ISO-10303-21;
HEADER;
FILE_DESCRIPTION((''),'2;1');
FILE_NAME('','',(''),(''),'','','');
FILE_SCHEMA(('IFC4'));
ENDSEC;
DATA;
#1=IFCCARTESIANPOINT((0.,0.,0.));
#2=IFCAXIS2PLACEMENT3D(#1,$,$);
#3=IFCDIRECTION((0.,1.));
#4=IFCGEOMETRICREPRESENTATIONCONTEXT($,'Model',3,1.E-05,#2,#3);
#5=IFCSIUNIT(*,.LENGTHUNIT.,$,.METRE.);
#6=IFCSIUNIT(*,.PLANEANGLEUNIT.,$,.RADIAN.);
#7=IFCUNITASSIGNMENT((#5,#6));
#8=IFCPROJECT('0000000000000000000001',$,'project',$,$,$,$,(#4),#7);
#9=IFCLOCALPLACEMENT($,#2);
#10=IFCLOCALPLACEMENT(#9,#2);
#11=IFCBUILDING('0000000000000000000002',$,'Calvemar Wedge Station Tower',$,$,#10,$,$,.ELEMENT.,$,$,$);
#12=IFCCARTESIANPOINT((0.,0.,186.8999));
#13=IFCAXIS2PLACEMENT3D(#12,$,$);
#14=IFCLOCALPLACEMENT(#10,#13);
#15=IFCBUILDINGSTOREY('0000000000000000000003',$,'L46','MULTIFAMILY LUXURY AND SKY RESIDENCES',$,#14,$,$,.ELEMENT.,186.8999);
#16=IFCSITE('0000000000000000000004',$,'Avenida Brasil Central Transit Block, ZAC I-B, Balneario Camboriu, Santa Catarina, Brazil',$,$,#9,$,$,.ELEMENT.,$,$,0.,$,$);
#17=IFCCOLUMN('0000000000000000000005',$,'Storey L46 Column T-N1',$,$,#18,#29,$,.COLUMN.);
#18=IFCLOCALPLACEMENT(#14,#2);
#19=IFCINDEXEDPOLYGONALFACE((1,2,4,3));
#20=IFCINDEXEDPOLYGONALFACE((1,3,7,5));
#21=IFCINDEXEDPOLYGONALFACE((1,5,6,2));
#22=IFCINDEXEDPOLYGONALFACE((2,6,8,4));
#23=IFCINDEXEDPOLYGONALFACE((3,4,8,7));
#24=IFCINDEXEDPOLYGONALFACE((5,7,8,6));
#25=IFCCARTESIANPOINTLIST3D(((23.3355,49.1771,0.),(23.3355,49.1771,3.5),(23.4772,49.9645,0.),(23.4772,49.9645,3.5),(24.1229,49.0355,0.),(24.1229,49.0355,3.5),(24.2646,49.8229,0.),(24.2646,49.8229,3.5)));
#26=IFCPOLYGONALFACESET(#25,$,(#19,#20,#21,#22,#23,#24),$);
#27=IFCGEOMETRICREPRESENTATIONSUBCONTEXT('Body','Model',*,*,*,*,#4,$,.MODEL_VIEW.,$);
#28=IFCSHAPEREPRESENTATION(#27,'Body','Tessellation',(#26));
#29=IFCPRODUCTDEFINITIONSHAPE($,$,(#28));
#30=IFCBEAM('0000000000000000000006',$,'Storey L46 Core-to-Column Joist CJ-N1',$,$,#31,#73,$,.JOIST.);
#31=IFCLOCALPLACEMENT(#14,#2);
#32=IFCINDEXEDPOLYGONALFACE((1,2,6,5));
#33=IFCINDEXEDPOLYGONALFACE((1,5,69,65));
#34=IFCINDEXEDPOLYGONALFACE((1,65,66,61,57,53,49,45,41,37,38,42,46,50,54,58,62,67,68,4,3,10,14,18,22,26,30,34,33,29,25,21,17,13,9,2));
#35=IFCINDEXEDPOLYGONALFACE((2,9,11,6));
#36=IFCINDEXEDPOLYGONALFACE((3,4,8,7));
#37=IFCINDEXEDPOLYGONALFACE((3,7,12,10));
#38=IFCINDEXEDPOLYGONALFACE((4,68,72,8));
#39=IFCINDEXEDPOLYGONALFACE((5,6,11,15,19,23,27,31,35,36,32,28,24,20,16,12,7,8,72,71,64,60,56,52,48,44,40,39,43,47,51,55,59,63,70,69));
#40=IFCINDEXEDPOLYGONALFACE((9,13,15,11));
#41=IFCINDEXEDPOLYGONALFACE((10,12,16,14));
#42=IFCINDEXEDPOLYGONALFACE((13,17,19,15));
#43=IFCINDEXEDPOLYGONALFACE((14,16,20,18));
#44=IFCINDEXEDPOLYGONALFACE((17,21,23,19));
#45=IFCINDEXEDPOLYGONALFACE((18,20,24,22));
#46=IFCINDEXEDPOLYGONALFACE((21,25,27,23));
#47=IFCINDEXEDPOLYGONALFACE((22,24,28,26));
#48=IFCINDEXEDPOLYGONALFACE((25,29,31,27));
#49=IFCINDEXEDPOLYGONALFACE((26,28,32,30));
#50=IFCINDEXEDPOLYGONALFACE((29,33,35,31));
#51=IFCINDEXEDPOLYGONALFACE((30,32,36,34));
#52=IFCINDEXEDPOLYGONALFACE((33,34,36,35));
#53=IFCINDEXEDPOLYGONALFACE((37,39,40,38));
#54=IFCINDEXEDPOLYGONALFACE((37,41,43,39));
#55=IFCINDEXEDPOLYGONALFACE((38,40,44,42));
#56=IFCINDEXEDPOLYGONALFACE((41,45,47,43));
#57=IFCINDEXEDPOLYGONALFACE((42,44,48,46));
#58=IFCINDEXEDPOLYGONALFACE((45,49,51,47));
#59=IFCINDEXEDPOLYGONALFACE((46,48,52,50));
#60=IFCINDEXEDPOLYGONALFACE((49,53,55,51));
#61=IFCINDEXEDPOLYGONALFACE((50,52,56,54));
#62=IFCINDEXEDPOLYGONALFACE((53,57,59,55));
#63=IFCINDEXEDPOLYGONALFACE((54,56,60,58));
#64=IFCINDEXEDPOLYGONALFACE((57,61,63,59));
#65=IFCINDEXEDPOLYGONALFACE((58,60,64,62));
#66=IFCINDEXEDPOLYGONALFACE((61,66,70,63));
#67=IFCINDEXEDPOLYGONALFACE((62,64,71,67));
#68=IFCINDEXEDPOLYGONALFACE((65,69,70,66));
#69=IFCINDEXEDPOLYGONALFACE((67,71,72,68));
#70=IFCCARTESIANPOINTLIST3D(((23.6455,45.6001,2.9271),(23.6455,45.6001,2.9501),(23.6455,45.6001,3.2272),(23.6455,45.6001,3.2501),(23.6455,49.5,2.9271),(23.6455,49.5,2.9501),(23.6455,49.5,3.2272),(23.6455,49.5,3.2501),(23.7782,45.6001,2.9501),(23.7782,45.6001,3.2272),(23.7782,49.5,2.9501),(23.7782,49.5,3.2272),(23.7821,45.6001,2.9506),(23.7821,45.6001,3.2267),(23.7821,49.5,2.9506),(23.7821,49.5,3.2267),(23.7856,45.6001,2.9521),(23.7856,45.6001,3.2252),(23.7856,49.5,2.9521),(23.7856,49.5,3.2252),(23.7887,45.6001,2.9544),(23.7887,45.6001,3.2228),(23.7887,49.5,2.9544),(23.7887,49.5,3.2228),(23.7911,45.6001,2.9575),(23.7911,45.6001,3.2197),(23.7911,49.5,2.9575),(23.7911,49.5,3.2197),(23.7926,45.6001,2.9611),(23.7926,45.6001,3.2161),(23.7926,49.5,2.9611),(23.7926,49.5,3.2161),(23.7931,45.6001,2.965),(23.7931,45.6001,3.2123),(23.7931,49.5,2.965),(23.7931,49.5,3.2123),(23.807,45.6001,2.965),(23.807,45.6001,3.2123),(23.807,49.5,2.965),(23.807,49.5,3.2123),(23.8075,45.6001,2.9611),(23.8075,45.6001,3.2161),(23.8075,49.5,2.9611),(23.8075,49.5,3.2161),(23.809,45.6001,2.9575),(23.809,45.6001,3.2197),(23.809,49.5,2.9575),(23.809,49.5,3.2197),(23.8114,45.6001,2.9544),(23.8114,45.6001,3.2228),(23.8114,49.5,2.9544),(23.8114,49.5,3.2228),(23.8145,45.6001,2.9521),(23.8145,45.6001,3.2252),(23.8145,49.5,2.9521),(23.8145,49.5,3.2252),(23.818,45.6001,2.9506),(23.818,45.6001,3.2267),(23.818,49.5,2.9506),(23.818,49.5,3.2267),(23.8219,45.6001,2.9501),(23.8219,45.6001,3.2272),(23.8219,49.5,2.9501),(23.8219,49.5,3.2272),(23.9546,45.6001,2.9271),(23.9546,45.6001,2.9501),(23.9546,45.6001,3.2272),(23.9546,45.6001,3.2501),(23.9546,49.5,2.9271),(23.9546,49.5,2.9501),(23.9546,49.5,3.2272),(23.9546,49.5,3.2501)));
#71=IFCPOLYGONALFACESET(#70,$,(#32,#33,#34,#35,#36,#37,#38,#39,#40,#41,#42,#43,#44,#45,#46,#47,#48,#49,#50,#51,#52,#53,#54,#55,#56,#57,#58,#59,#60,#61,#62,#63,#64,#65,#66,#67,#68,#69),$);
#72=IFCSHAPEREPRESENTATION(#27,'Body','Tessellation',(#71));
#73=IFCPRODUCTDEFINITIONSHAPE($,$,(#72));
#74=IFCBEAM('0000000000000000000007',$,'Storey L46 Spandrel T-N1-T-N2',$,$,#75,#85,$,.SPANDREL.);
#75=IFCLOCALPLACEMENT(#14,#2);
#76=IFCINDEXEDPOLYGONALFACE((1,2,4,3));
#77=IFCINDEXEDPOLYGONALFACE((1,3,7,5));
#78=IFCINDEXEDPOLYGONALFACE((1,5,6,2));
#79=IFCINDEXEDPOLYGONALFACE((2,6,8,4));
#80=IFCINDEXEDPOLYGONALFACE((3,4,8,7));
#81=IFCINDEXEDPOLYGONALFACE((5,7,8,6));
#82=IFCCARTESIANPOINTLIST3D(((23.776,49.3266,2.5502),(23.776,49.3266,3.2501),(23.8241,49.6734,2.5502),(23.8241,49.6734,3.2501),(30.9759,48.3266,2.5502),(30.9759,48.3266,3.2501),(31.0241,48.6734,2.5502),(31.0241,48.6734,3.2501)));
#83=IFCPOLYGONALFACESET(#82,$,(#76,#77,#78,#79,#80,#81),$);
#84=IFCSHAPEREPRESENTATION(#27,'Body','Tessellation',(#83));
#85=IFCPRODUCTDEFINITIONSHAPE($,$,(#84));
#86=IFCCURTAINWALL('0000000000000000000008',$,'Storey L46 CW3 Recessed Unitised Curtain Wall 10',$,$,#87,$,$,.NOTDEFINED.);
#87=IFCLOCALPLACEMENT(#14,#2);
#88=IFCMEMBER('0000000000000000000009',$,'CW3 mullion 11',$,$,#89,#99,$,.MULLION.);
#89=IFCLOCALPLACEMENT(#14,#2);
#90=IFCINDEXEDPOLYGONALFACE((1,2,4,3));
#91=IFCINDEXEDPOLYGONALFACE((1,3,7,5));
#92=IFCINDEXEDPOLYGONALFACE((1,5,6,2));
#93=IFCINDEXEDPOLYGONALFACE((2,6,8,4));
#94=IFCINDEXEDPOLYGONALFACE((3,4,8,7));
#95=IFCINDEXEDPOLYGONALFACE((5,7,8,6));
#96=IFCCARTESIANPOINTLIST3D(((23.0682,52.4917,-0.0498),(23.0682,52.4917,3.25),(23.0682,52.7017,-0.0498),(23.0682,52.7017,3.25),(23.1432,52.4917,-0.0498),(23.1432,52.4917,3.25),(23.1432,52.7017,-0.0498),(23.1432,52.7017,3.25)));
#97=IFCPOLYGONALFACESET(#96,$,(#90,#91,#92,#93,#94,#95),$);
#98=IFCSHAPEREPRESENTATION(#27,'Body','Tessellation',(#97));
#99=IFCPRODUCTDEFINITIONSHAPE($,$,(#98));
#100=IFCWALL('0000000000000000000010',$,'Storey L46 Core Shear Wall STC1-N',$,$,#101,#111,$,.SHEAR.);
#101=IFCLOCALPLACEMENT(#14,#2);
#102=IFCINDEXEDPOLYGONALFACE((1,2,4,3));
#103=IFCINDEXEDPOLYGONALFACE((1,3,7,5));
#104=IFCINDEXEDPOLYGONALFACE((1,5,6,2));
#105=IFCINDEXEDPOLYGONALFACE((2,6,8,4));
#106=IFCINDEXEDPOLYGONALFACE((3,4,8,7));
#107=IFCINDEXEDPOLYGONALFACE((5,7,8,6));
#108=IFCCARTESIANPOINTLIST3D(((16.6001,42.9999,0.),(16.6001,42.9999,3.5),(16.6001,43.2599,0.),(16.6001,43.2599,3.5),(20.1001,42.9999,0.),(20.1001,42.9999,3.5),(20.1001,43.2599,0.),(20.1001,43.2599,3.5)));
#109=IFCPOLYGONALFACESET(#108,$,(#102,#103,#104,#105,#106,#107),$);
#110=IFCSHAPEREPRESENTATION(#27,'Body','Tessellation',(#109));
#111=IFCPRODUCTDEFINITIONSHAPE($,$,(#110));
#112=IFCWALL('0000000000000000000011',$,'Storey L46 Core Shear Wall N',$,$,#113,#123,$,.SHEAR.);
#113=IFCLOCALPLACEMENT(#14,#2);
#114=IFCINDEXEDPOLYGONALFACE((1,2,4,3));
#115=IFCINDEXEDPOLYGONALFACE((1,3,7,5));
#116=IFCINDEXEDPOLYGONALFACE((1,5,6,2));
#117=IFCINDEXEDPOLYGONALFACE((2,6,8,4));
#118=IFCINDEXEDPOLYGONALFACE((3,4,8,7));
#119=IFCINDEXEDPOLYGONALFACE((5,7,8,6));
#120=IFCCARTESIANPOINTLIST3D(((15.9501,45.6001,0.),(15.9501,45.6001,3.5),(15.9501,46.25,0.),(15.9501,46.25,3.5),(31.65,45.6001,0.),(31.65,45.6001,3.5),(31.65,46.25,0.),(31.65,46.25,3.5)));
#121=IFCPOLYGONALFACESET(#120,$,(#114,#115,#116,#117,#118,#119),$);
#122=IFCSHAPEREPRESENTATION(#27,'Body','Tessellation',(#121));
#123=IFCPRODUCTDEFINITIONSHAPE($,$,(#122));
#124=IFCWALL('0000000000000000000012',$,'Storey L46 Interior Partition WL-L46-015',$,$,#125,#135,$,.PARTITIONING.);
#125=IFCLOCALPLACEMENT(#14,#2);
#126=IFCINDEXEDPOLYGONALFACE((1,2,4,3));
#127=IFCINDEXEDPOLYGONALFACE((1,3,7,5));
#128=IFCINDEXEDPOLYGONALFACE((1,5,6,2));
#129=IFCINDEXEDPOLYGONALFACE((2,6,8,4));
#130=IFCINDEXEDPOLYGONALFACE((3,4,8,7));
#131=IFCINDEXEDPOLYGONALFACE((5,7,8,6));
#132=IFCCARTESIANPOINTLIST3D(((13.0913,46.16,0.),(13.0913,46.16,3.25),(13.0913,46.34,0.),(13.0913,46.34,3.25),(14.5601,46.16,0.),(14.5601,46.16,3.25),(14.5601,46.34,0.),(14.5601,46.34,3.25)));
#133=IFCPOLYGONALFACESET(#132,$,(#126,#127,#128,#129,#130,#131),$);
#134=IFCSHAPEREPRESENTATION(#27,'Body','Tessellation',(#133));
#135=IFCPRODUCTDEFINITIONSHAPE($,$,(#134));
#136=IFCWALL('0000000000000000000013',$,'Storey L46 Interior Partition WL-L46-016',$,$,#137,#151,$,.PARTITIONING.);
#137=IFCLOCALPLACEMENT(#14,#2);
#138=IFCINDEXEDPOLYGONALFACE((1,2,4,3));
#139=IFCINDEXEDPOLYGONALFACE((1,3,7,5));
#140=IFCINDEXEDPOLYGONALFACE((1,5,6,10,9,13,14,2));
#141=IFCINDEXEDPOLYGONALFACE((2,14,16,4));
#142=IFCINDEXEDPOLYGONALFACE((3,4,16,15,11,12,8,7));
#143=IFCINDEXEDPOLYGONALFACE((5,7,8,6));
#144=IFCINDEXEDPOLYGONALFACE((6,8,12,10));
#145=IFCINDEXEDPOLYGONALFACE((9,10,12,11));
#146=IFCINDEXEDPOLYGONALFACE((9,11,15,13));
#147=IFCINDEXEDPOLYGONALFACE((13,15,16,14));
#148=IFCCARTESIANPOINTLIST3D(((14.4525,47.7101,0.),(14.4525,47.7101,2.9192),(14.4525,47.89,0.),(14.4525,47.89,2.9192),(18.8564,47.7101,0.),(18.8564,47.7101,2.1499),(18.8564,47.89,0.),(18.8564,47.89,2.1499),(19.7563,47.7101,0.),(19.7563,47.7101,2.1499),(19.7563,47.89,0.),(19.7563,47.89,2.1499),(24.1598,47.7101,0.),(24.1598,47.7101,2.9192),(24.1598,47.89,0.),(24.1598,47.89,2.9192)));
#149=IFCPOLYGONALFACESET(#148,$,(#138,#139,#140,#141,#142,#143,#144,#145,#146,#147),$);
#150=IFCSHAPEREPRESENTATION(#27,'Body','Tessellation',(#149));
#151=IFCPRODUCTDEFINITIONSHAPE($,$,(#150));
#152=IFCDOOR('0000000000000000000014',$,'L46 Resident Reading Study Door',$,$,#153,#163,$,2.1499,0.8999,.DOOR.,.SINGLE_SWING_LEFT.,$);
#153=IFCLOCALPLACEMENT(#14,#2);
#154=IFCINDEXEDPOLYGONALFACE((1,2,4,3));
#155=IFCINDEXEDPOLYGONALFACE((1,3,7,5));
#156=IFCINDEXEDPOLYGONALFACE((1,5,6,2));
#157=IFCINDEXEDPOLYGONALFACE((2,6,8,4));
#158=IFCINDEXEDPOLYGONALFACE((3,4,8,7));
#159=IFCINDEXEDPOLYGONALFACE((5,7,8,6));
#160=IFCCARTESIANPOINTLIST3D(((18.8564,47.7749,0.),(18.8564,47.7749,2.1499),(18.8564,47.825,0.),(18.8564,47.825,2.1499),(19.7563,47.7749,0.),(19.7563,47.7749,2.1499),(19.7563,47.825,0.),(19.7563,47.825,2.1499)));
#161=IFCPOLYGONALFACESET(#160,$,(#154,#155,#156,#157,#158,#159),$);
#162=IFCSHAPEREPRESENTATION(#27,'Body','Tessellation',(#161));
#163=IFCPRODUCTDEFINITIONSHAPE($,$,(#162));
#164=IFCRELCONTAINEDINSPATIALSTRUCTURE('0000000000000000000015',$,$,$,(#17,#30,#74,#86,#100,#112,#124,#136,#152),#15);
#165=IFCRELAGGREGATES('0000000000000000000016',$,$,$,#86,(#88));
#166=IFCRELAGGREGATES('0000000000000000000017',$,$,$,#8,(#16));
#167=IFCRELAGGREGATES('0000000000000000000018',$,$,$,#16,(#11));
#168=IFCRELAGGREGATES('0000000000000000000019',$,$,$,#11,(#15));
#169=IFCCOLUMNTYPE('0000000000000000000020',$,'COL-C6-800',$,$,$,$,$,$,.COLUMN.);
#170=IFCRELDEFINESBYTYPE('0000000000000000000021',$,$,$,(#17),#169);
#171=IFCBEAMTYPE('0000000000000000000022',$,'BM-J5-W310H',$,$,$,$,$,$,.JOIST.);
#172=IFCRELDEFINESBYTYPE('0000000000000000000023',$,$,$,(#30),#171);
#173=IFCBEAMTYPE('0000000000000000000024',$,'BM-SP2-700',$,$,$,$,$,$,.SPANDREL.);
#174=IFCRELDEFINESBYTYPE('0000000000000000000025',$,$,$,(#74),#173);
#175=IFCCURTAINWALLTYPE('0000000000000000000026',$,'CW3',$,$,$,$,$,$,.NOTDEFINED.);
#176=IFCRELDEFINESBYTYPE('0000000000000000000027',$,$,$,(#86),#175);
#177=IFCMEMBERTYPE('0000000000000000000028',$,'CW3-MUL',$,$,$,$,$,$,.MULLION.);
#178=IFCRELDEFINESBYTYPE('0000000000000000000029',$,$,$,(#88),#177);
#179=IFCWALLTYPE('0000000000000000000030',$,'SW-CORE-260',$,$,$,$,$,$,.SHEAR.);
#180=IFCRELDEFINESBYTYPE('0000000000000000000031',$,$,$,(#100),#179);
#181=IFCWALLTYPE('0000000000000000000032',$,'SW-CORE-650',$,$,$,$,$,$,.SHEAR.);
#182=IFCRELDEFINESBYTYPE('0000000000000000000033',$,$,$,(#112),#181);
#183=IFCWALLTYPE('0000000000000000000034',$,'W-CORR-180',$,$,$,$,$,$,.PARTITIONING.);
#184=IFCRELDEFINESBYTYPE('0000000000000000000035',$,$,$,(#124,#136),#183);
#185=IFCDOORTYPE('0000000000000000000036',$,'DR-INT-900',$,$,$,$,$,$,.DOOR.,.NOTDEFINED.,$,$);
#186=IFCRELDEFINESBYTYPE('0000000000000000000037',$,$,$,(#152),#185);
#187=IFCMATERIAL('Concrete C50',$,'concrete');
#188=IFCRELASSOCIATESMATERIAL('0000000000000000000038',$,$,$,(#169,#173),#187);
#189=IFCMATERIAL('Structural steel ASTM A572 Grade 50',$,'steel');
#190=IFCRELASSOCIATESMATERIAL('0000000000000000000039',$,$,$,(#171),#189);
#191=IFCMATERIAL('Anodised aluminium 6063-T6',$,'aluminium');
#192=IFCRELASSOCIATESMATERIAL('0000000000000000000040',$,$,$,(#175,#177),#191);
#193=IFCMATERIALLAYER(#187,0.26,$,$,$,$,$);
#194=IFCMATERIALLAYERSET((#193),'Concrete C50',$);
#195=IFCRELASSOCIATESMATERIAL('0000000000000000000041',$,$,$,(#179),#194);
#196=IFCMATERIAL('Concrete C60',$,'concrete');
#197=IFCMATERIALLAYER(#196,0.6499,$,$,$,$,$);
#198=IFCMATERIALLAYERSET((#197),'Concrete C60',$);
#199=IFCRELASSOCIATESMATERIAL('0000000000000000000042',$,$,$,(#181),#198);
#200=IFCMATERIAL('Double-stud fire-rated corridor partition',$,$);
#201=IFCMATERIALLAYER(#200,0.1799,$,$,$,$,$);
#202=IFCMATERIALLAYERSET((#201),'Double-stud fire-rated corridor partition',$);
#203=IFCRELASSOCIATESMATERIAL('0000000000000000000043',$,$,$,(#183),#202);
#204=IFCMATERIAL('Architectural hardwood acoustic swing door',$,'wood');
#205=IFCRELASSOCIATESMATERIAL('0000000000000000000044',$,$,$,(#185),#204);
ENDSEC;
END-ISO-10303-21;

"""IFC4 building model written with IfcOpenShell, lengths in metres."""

from ifc_helpers import new_model, si_unit, direction, frame, frame_2d, origin, origin_2d, place, context, subcontext, project, spatial, rectangle, i_section, extrude, source, transform, mapped, material, layer, layer_set, material_profile, profile_set, type_object, element, fill, aggregate, save


model = new_model("IFC4")

# Units and contexts
model_context = context("Model", 3, precision=1e-05, world=origin(), true_north=direction((0.0, 1.0)))
body_context = subcontext(model_context, "Body", "Model", "MODEL_VIEW")
ifc_project = project(units=[si_unit("LENGTHUNIT", "METRE"), si_unit("PLANEANGLEUNIT", "RADIAN")], contexts=[model_context])

# Site, building, storey
site_placement = place(None, origin())
site = spatial("IfcSite", under=ifc_project, at=site_placement, Name="Avenida Brasil Central Transit Block, ZAC I-B, Balneario Camboriu, Santa Catarina, Brazil", CompositionType="ELEMENT", RefElevation=0.0)
building_placement = place(site_placement, origin())
building = spatial("IfcBuilding", under=site, at=building_placement, Name="Calvemar Wedge Station Tower", CompositionType="ELEMENT")
storey_placement = place(building_placement, frame((0.0, 0.0, 186.8999)))
storey = spatial("IfcBuildingStorey", under=building, at=storey_placement, Name="L46", Description="MULTIFAMILY LUXURY AND SKY RESIDENCES", CompositionType="ELEMENT", Elevation=186.8999)

# Column
ifc_material_1 = material(Name="Concrete C50", Category="concrete")
ifc_material_profile_1 = material_profile(ifc_material_1, rectangle(XDim=0.8, YDim=0.8, at=origin_2d()), Name="RC800x800")
ifc_profile_set_1 = profile_set([ifc_material_profile_1], Name="Concrete C50")
column_type = type_object("IfcColumnType", Name="COL-C6-800", PredefinedType="COLUMN", material=ifc_profile_set_1)
shared_shape_1 = source(origin(), body_context, "Body", "SweptSolid", [
    extrude(rectangle(XDim=0.8, YDim=0.8, at=origin_2d()), origin(), (0.0, 0.0, 1.0), 3.5),
])
column_placement = place(storey_placement, frame((23.8, 49.5, 0.0), z_axis=(0.0, 0.0, 1.0), x_axis=(0.984196, -0.177085, 0.0)))
element("IfcColumn", 1, at=column_placement, inside=storey, type_object=column_type, Name="Storey L46 Column T-N1", PredefinedType="COLUMN", context=body_context, shape_type="MappedRepresentation", body=[
    mapped(shared_shape_1, transform((0.0, 0.0, 0.0), scale=1.0)),
])

# Beams
ifc_material_2 = material(Name="Structural steel ASTM A572 Grade 50", Category="steel")
ifc_material_profile_2 = material_profile(ifc_material_2, i_section(OverallWidth=0.3091, OverallDepth=0.323, WebThickness=0.0139, FlangeThickness=0.0229, FilletRadius=0.0149, at=origin_2d()), Name="W310x143")
ifc_profile_set_2 = profile_set([ifc_material_profile_2], Name="Structural steel ASTM A572 Grade 50")
beam_type_1 = type_object("IfcBeamType", Name="BM-J5-W310H", PredefinedType="JOIST", material=ifc_profile_set_2)
shared_shape_2 = source(origin(), body_context, "Body", "SweptSolid", [
    extrude(i_section(OverallWidth=0.3091, OverallDepth=0.323, WebThickness=0.0139, FlangeThickness=0.0229, FilletRadius=0.0149, at=origin_2d()), origin(), (0.0, 0.0, 1.0), 3.8999),
])
beam_1_placement = place(storey_placement, frame((23.8, 45.6001, 3.0886), z_axis=(0.0, 1.0, 0.0), x_axis=(-1.0, 0.0, 0.0)))
element("IfcBeam", 2, at=beam_1_placement, inside=storey, type_object=beam_type_1, Name="Storey L46 Core-to-Column Joist CJ-N1", PredefinedType="JOIST", context=body_context, shape_type="MappedRepresentation", body=[
    mapped(shared_shape_2, transform((0.0, 0.0, 0.0), scale=1.0)),
])
ifc_material_profile_3 = material_profile(ifc_material_1, rectangle(XDim=0.3501, YDim=0.7, at=origin_2d()), Name="RC350x700")
ifc_profile_set_3 = profile_set([ifc_material_profile_3], Name="Concrete C50")
beam_type_2 = type_object("IfcBeamType", Name="BM-SP2-700", PredefinedType="SPANDREL", material=ifc_profile_set_3)
shared_shape_3 = source(origin(), body_context, "Body", "SweptSolid", [
    extrude(rectangle(XDim=0.3501, YDim=0.7, at=origin_2d()), origin(), (0.0, 0.0, 1.0), 7.269),
])
beam_2_placement = place(storey_placement, frame((23.8, 49.5, 2.9001), z_axis=(0.990492, -0.137569, 0.0), x_axis=(0.137569, 0.990492, 0.0)))
element("IfcBeam", 3, at=beam_2_placement, inside=storey, type_object=beam_type_2, Name="Storey L46 Spandrel T-N1-T-N2", PredefinedType="SPANDREL", context=body_context, shape_type="MappedRepresentation", body=[
    mapped(shared_shape_3, transform((0.0, 0.0, 0.0), scale=1.0)),
])

# Curtain wall, member
ifc_material_3 = material(Name="Anodised aluminium 6063-T6", Category="aluminium")
curtain_wall_type = type_object("IfcCurtainWallType", Name="CW3", PredefinedType="NOTDEFINED", material=ifc_material_3)
curtain_wall_placement = place(storey_placement, origin())
curtain_wall = element("IfcCurtainWall", 4, at=curtain_wall_placement, inside=storey, type_object=curtain_wall_type, Name="Storey L46 CW3 Recessed Unitised Curtain Wall 10", PredefinedType="NOTDEFINED")
ifc_material_profile_4 = material_profile(ifc_material_3, rectangle(XDim=0.075, YDim=0.21, at=origin_2d()), Name="AL-MUL-75x210")
ifc_profile_set_4 = profile_set([ifc_material_profile_4], Name="Anodised aluminium 6063-T6")
member_type = type_object("IfcMemberType", Name="CW3-MUL", PredefinedType="MULLION", material=ifc_profile_set_4)
shared_shape_4 = source(origin(), body_context, "Body", "SweptSolid", [
    extrude(rectangle(XDim=0.075, YDim=0.21, at=origin_2d()), origin(), (0.0, 0.0, 1.0), 3.2998),
])
member_placement = place(storey_placement, frame((23.1057, 52.5967, -0.0498), z_axis=(0.0, 0.0, 1.0), x_axis=(1.0, 0.0, 0.0)))
member = element("IfcMember", 5, at=member_placement, type_object=member_type, Name="CW3 mullion 11", PredefinedType="MULLION", context=body_context, shape_type="MappedRepresentation", body=[
    mapped(shared_shape_4, transform((0.0, 0.0, 0.0), scale=1.0)),
])
aggregate(curtain_wall, [member])

# Walls
ifc_layer_1 = layer(ifc_material_1, 0.26)
ifc_layer_set_1 = layer_set([ifc_layer_1], Name="Concrete C50")
wall_type_1 = type_object("IfcWallType", Name="SW-CORE-260", PredefinedType="SHEAR", material=ifc_layer_set_1)
wall_1_placement = place(storey_placement, frame((16.6001, 43.1299, 0.0), z_axis=(0.0, 0.0, 1.0), x_axis=(1.0, 0.0, 0.0)))
element("IfcWall", 6, at=wall_1_placement, inside=storey, type_object=wall_type_1, Name="Storey L46 Core Shear Wall STC1-N", PredefinedType="SHEAR", context=body_context, shape_type="SweptSolid", body=[
    extrude(rectangle(XDim=3.5, YDim=0.26, at=frame_2d((1.75, 0.0))), origin(), (0.0, 0.0, 1.0), 3.5),
])
ifc_material_4 = material(Name="Concrete C60", Category="concrete")
ifc_layer_2 = layer(ifc_material_4, 0.6499)
ifc_layer_set_2 = layer_set([ifc_layer_2], Name="Concrete C60")
wall_type_2 = type_object("IfcWallType", Name="SW-CORE-650", PredefinedType="SHEAR", material=ifc_layer_set_2)
wall_2_placement = place(storey_placement, frame((15.95, 45.925, 0.0), z_axis=(0.0, 0.0, 1.0), x_axis=(1.0, 0.0, 0.0)))
element("IfcWall", 7, at=wall_2_placement, inside=storey, type_object=wall_type_2, Name="Storey L46 Core Shear Wall N", PredefinedType="SHEAR", context=body_context, shape_type="SweptSolid", body=[
    extrude(rectangle(XDim=15.7, YDim=0.6499, at=frame_2d((7.8501, 0.0))), origin(), (0.0, 0.0, 1.0), 3.5),
])
ifc_material_5 = material(Name="Double-stud fire-rated corridor partition")
ifc_layer_3 = layer(ifc_material_5, 0.1799)
ifc_layer_set_3 = layer_set([ifc_layer_3], Name="Double-stud fire-rated corridor partition")
wall_type_3 = type_object("IfcWallType", Name="W-CORR-180", PredefinedType="PARTITIONING", material=ifc_layer_set_3)
wall_3_placement = place(storey_placement, frame((14.5601, 46.25, 0.0), z_axis=(0.0, 0.0, 1.0), x_axis=(-1.0, 0.0, 0.0)))
element("IfcWall", 8, at=wall_3_placement, inside=storey, type_object=wall_type_3, Name="Storey L46 Interior Partition WL-L46-015", PredefinedType="PARTITIONING", context=body_context, shape_type="SweptSolid", body=[
    extrude(rectangle(XDim=1.4688, YDim=0.1799, at=frame_2d((0.7344, 0.0))), origin(), (0.0, 0.0, 1.0), 3.25),
])

# Wall, opening, door
wall_4_placement = place(storey_placement, frame((14.4526, 47.8, 0.0), z_axis=(0.0, 0.0, 1.0), x_axis=(1.0, 0.0, 0.0)))
wall_4 = element("IfcWall", 9, at=wall_4_placement, inside=storey, type_object=wall_type_3, Name="Storey L46 Interior Partition WL-L46-016", PredefinedType="PARTITIONING", context=body_context, shape_type="SweptSolid", body=[
    extrude(rectangle(XDim=9.7073, YDim=0.1799, at=frame_2d((4.8535, 0.0))), origin(), (0.0, 0.0, 1.0), 2.9192),
])
shared_shape_5 = source(origin(), body_context, "Body", "SweptSolid", [
    extrude(rectangle(XDim=0.8999, YDim=2.1499, at=frame_2d((0.45, 1.075))), frame((0.0, 0.1001, 0.0), z_axis=(0.0, -1.0, 0.0), x_axis=(1.0, 0.0, 0.0)), (0.0, 0.0, 1.0), 0.2),
])
opening_1_placement = place(wall_4_placement, frame((4.4038, 0.0, 0.0)))
opening_1 = element("IfcOpeningElement", 10, at=opening_1_placement, cuts=wall_4, PredefinedType="OPENING", context=body_context, shape_type="MappedRepresentation", body=[
    mapped(shared_shape_5, transform((0.0, 0.0, 0.0), scale=1.0)),
])
ifc_material_6 = material(Name="Architectural hardwood acoustic swing door", Category="wood")
door_type_1 = type_object("IfcDoorType", Name="DR-INT-900", OperationType="NOTDEFINED", PredefinedType="DOOR", material=ifc_material_6)
shared_shape_6 = source(origin(), body_context, "Body", "SweptSolid", [
    extrude(rectangle(XDim=0.8999, YDim=2.1499, at=frame_2d((0.45, 1.075))), frame((0.0, 0.0249, 0.0), z_axis=(0.0, -1.0, 0.0), x_axis=(1.0, 0.0, 0.0)), (0.0, 0.0, 1.0), 0.05),
])
door_1_placement = place(opening_1_placement, origin())
door_1 = element("IfcDoor", 11, at=door_1_placement, inside=storey, type_object=door_type_1, Name="L46 Resident Reading Study Door", OperationType="SINGLE_SWING_LEFT", OverallHeight=2.1499, OverallWidth=0.8999, PredefinedType="DOOR", context=body_context, shape_type="MappedRepresentation", body=[
    mapped(shared_shape_6, transform((0.0, 0.0, 0.0), scale=1.0)),
])
fill(opening_1, door_1)

save(model, "model.ifc")
